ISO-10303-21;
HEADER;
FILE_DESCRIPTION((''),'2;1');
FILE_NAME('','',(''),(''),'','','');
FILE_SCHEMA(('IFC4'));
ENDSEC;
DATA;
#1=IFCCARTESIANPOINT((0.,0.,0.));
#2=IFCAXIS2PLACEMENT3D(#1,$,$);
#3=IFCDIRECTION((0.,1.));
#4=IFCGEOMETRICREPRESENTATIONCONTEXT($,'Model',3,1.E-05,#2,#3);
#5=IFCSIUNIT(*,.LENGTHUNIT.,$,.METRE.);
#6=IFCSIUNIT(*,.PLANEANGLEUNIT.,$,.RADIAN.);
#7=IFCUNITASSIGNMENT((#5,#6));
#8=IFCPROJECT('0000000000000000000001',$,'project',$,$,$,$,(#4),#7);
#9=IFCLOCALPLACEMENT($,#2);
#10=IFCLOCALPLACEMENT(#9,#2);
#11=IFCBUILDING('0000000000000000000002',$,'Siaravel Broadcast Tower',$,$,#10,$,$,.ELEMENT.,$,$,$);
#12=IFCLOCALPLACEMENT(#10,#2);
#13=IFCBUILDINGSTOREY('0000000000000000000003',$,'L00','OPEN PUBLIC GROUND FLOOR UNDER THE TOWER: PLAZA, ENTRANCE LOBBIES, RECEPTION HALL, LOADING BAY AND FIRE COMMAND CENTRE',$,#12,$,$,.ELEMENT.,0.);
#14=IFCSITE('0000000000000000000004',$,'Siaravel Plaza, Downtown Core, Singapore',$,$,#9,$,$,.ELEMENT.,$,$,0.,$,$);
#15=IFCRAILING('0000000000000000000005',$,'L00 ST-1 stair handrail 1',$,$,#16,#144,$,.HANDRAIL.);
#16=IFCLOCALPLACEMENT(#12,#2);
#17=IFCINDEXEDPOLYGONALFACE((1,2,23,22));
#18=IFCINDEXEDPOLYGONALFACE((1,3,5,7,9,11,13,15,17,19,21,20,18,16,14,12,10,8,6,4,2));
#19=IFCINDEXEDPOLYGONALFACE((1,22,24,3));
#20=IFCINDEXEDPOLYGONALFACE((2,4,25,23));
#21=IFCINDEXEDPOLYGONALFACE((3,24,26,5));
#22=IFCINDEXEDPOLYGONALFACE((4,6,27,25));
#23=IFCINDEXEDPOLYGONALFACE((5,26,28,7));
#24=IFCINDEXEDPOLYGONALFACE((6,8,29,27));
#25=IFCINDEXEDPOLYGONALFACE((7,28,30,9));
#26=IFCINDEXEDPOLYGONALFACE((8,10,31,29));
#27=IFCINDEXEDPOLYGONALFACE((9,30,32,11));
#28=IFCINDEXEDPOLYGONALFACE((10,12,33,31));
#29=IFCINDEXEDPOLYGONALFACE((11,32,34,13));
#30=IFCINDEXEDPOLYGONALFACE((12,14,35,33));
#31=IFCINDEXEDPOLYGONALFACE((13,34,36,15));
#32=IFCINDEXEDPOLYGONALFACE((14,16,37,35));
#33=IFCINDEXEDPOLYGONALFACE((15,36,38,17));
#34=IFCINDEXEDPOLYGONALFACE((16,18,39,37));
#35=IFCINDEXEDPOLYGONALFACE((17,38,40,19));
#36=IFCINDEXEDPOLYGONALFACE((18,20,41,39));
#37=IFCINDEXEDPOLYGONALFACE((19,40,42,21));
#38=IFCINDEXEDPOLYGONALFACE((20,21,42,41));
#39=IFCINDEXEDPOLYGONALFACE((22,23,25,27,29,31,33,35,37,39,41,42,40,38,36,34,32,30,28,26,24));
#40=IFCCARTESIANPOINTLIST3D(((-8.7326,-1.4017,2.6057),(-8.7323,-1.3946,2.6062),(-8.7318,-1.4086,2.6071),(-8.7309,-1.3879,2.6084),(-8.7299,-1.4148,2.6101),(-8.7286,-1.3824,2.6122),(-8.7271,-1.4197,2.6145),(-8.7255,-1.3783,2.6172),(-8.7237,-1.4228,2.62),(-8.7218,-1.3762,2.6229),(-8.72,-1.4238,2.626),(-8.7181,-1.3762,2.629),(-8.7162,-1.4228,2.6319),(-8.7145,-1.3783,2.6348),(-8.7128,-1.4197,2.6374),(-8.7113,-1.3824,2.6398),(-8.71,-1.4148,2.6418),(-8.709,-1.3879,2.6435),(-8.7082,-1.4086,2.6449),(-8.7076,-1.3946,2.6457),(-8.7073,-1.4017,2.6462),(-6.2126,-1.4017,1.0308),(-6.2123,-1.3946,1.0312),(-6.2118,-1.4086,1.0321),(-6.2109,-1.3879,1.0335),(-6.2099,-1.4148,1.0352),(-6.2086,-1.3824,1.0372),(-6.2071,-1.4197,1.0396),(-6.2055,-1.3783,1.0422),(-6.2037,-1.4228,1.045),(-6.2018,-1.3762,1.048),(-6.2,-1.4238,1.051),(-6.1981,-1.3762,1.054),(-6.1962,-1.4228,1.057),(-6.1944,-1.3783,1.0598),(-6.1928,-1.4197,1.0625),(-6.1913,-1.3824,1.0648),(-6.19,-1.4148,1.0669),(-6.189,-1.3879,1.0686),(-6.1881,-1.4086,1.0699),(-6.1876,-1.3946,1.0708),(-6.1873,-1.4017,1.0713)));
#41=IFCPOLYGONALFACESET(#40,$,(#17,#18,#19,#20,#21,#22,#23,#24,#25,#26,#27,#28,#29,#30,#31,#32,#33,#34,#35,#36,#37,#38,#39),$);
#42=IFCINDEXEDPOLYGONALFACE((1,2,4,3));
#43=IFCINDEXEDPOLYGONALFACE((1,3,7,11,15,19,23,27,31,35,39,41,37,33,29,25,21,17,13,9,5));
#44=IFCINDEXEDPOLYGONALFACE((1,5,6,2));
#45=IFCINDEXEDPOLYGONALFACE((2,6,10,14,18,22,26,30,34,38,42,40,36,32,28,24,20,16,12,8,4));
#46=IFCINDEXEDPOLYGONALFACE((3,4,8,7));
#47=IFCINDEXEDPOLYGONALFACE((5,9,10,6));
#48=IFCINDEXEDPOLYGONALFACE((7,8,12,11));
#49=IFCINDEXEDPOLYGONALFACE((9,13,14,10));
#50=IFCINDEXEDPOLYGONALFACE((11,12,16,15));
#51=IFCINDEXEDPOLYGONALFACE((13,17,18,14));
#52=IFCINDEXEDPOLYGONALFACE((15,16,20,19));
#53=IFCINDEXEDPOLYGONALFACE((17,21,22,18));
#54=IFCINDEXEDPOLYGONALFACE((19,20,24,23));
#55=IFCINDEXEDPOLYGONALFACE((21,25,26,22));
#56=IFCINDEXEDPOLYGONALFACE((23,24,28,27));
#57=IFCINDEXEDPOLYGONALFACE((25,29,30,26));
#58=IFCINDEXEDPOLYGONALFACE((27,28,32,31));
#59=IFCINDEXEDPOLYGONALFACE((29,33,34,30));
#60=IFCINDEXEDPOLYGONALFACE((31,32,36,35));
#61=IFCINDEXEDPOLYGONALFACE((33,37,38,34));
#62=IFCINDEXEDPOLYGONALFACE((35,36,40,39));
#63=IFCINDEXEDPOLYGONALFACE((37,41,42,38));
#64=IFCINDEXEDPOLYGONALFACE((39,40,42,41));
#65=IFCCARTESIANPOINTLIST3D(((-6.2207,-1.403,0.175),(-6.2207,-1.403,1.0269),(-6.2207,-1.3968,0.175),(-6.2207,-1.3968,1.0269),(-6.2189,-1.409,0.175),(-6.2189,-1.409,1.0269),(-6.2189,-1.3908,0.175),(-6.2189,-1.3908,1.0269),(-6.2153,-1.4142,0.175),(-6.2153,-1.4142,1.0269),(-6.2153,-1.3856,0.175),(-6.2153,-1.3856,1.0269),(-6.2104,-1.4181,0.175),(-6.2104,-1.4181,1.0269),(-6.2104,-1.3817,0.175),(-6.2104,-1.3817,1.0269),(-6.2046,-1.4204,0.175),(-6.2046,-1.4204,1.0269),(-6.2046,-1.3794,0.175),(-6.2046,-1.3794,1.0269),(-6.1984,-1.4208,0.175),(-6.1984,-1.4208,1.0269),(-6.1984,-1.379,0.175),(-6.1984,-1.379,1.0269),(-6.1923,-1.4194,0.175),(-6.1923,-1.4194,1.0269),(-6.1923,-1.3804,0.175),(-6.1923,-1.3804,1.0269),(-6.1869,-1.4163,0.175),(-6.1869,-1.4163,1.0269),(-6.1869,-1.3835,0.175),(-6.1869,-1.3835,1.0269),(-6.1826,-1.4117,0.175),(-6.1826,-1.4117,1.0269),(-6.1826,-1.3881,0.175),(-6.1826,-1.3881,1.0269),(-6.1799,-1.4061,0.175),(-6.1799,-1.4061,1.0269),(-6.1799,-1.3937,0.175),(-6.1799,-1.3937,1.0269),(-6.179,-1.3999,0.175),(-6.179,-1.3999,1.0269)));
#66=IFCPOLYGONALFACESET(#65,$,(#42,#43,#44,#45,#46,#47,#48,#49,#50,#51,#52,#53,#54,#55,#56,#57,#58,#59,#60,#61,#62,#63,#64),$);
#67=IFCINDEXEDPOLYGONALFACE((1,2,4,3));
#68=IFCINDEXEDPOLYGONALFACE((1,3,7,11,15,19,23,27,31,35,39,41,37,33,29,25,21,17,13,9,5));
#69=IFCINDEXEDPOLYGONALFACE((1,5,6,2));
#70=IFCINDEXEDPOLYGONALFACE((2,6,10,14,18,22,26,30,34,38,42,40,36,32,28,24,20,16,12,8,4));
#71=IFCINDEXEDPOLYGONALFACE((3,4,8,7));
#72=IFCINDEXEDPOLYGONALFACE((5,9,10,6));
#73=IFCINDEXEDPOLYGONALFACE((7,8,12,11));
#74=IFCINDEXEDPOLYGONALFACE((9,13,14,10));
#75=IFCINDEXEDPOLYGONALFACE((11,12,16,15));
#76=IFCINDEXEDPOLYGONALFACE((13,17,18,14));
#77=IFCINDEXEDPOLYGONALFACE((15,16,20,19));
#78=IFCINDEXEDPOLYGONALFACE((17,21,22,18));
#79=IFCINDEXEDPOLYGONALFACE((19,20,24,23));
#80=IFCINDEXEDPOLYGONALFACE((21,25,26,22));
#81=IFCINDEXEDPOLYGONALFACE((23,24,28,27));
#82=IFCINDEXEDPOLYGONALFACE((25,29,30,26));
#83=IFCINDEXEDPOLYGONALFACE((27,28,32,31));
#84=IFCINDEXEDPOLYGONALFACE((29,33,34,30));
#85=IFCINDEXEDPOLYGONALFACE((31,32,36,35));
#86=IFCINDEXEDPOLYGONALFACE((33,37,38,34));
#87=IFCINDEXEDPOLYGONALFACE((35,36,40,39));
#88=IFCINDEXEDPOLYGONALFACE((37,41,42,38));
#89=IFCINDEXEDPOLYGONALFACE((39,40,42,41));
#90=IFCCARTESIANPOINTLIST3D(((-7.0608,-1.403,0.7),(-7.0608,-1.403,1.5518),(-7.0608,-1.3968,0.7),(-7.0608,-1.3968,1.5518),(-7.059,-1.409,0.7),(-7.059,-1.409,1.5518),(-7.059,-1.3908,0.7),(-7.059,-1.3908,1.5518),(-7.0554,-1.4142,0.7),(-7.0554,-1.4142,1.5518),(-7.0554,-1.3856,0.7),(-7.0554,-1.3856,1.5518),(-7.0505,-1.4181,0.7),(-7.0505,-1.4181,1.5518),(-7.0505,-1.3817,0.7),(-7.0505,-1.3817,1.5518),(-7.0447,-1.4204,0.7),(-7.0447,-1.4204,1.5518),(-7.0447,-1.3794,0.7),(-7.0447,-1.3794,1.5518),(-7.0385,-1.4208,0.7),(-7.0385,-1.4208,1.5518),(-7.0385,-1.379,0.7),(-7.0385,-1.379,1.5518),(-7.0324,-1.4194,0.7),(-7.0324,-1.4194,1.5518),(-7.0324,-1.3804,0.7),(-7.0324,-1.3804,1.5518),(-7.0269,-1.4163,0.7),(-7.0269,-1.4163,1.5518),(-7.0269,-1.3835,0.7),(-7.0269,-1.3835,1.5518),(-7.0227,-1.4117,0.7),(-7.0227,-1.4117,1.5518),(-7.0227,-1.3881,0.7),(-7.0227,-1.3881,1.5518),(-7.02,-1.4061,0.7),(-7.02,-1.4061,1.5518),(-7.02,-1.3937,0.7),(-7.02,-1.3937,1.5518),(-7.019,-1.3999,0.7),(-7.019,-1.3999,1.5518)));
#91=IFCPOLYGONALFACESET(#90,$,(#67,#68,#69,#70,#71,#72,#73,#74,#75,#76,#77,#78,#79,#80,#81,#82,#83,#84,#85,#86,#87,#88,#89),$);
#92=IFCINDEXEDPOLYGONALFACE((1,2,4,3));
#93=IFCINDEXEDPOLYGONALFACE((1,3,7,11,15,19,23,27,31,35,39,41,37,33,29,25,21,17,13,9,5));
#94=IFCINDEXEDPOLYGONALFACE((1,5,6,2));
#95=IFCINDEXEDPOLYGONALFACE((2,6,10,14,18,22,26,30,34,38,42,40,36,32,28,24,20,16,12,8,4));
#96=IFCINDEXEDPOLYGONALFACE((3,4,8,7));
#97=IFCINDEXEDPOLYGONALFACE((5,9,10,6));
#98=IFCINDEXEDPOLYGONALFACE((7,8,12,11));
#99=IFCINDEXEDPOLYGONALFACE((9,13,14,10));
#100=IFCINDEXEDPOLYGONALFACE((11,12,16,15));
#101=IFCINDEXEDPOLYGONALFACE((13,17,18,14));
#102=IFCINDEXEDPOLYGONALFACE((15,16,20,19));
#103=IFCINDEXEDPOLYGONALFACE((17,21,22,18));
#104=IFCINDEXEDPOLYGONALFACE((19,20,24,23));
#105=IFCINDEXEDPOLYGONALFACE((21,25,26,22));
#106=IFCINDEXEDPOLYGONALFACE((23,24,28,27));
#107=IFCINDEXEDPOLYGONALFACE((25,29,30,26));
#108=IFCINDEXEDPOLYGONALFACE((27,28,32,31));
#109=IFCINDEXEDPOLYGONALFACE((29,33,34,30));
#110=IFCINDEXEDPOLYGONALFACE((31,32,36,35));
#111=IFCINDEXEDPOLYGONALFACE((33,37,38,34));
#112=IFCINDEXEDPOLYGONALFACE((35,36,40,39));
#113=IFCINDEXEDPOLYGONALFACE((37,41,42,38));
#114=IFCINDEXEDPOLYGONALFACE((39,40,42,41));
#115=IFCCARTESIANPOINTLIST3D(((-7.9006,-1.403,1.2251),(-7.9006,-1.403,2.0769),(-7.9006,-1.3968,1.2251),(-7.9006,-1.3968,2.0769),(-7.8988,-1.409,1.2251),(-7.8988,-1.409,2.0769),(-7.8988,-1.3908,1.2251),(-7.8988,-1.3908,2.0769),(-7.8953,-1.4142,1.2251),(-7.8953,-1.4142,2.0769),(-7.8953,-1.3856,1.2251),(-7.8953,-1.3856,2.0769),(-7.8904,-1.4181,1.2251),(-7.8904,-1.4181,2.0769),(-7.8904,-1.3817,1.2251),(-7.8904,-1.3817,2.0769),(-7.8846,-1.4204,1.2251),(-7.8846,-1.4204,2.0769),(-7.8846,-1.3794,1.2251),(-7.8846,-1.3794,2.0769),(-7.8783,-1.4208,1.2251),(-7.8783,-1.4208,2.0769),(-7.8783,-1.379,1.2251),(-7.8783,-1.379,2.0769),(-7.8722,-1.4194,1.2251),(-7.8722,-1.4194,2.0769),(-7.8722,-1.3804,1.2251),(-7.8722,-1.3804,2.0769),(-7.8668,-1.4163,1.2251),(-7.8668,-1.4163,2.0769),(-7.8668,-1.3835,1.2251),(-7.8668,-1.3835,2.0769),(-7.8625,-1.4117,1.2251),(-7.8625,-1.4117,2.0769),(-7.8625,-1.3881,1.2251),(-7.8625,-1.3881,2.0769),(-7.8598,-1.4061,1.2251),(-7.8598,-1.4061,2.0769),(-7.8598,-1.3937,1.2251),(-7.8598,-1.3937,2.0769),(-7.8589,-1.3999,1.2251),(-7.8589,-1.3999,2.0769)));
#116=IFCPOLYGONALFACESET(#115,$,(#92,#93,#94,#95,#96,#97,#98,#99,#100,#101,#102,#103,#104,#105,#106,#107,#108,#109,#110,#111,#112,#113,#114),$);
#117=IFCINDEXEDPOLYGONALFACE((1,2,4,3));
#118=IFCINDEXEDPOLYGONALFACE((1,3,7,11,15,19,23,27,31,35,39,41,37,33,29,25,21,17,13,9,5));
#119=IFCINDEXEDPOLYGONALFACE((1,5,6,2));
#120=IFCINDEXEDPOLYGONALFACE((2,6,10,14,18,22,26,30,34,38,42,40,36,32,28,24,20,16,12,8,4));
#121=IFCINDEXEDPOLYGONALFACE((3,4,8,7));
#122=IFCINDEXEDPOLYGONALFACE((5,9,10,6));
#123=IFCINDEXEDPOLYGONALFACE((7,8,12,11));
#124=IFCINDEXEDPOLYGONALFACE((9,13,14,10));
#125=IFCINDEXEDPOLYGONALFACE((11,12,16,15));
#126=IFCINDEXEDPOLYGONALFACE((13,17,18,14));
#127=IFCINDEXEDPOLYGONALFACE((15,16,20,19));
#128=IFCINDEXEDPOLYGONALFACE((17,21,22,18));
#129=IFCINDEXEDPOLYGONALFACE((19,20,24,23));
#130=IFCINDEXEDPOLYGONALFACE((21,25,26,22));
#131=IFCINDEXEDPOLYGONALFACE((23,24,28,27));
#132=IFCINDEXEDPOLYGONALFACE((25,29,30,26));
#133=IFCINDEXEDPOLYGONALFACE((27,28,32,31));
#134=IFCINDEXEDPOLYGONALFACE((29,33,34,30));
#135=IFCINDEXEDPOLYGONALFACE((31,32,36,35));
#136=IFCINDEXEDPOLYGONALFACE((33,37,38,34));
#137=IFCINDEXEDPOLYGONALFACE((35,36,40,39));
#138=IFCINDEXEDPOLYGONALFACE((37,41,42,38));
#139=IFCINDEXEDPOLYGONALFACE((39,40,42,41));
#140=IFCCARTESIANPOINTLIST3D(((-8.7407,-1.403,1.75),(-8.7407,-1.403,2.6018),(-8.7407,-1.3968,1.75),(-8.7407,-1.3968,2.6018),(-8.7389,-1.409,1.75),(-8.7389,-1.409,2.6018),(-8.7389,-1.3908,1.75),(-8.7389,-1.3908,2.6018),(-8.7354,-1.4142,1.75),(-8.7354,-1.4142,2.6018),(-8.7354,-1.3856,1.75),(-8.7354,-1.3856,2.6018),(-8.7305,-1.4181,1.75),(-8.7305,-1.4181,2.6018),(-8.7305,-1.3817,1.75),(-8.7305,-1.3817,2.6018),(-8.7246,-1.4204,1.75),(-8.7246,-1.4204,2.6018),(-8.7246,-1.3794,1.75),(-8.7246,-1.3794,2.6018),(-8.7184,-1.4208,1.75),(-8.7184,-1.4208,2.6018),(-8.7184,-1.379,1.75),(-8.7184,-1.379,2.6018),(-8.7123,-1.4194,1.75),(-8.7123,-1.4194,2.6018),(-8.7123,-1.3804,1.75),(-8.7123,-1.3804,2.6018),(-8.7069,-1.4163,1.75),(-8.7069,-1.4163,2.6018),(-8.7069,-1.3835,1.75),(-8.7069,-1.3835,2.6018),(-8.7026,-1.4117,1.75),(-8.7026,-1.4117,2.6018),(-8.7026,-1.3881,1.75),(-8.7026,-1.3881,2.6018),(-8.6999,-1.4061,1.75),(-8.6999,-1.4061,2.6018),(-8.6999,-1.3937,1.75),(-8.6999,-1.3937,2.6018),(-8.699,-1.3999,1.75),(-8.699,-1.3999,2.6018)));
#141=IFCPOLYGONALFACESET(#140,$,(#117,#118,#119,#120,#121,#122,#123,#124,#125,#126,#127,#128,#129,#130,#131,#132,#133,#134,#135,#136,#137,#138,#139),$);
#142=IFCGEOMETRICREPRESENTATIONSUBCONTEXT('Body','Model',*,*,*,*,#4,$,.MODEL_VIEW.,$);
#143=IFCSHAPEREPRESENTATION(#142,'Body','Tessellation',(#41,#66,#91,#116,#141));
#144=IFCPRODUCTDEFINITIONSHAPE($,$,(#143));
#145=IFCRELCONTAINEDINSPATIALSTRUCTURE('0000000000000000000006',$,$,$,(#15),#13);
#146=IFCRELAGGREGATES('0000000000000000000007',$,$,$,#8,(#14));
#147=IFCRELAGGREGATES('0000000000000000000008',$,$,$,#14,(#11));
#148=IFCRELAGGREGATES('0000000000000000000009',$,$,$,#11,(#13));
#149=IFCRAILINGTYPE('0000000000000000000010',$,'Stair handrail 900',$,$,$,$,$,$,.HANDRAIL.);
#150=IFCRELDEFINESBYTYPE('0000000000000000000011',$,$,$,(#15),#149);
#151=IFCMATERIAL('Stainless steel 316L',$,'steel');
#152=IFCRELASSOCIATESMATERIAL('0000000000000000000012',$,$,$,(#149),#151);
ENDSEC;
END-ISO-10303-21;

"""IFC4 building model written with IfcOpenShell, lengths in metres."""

from ifc_helpers import new_model, si_unit, direction, frame, origin, origin_2d, place, context, subcontext, project, spatial, circle, extrude, material, type_object, element, save


model = new_model("IFC4")

# Units and contexts
model_context = context("Model", 3, precision=1e-05, world=origin(), true_north=direction((0.0, 1.0)))
body_context = subcontext(model_context, "Body", "Model", "MODEL_VIEW")
ifc_project = project(units=[si_unit("LENGTHUNIT", "METRE"), si_unit("PLANEANGLEUNIT", "RADIAN")], contexts=[model_context])

# Site, building, storey
site_placement = place(None, origin())
site = spatial("IfcSite", under=ifc_project, at=site_placement, Name="Siaravel Plaza, Downtown Core, Singapore", CompositionType="ELEMENT", RefElevation=0.0)
building_placement = place(site_placement, origin())
building = spatial("IfcBuilding", under=site, at=building_placement, Name="Siaravel Broadcast Tower", CompositionType="ELEMENT")
storey_placement = place(building_placement, origin())
storey = spatial("IfcBuildingStorey", under=building, at=storey_placement, Name="L00", Description="OPEN PUBLIC GROUND FLOOR UNDER THE TOWER: PLAZA, ENTRANCE LOBBIES, RECEPTION HALL, LOADING BAY AND FIRE COMMAND CENTRE", CompositionType="ELEMENT", Elevation=0.0)

# Shared definitions
ifc_material_1 = material(Name="Stainless steel 316L", Category="steel")

# Railing
railing_type_1 = type_object("IfcRailingType", Name="Stair handrail 900", PredefinedType="HANDRAIL", material=ifc_material_1)
for number, where, name in (
    (1, (-6.2, -1.3999, 0.175), "L00 ST-1 stair handrail 1"),
):
    element("IfcRailing", number, at=place(storey_placement, frame(where)), inside=storey, type_object=railing_type_1, Name=name, PredefinedType="HANDRAIL", context=body_context, shape_type="SweptSolid", body=[
        extrude(circle(Radius=0.0239, at=origin_2d()), frame((0.0, 0.0, 0.876), z_axis=(-0.848008, 0.0, 0.529984), x_axis=(0.0, -1.0, 0.0)), (0.0, 0.0, 1.0), 2.9717),
        extrude(circle(Radius=0.021, at=origin_2d()), origin(), (0.0, 0.0, 1.0), 0.8518),
        extrude(circle(Radius=0.021, at=origin_2d()), frame((-0.8401, 0.0, 0.5249)), (0.0, 0.0, 1.0), 0.8518),
        extrude(circle(Radius=0.021, at=origin_2d()), frame((-1.6799, 0.0, 1.05)), (0.0, 0.0, 1.0), 0.8518),
        extrude(circle(Radius=0.021, at=origin_2d()), frame((-2.52, 0.0, 1.575)), (0.0, 0.0, 1.0), 0.8518),
    ])

save(model, "model.ifc")
